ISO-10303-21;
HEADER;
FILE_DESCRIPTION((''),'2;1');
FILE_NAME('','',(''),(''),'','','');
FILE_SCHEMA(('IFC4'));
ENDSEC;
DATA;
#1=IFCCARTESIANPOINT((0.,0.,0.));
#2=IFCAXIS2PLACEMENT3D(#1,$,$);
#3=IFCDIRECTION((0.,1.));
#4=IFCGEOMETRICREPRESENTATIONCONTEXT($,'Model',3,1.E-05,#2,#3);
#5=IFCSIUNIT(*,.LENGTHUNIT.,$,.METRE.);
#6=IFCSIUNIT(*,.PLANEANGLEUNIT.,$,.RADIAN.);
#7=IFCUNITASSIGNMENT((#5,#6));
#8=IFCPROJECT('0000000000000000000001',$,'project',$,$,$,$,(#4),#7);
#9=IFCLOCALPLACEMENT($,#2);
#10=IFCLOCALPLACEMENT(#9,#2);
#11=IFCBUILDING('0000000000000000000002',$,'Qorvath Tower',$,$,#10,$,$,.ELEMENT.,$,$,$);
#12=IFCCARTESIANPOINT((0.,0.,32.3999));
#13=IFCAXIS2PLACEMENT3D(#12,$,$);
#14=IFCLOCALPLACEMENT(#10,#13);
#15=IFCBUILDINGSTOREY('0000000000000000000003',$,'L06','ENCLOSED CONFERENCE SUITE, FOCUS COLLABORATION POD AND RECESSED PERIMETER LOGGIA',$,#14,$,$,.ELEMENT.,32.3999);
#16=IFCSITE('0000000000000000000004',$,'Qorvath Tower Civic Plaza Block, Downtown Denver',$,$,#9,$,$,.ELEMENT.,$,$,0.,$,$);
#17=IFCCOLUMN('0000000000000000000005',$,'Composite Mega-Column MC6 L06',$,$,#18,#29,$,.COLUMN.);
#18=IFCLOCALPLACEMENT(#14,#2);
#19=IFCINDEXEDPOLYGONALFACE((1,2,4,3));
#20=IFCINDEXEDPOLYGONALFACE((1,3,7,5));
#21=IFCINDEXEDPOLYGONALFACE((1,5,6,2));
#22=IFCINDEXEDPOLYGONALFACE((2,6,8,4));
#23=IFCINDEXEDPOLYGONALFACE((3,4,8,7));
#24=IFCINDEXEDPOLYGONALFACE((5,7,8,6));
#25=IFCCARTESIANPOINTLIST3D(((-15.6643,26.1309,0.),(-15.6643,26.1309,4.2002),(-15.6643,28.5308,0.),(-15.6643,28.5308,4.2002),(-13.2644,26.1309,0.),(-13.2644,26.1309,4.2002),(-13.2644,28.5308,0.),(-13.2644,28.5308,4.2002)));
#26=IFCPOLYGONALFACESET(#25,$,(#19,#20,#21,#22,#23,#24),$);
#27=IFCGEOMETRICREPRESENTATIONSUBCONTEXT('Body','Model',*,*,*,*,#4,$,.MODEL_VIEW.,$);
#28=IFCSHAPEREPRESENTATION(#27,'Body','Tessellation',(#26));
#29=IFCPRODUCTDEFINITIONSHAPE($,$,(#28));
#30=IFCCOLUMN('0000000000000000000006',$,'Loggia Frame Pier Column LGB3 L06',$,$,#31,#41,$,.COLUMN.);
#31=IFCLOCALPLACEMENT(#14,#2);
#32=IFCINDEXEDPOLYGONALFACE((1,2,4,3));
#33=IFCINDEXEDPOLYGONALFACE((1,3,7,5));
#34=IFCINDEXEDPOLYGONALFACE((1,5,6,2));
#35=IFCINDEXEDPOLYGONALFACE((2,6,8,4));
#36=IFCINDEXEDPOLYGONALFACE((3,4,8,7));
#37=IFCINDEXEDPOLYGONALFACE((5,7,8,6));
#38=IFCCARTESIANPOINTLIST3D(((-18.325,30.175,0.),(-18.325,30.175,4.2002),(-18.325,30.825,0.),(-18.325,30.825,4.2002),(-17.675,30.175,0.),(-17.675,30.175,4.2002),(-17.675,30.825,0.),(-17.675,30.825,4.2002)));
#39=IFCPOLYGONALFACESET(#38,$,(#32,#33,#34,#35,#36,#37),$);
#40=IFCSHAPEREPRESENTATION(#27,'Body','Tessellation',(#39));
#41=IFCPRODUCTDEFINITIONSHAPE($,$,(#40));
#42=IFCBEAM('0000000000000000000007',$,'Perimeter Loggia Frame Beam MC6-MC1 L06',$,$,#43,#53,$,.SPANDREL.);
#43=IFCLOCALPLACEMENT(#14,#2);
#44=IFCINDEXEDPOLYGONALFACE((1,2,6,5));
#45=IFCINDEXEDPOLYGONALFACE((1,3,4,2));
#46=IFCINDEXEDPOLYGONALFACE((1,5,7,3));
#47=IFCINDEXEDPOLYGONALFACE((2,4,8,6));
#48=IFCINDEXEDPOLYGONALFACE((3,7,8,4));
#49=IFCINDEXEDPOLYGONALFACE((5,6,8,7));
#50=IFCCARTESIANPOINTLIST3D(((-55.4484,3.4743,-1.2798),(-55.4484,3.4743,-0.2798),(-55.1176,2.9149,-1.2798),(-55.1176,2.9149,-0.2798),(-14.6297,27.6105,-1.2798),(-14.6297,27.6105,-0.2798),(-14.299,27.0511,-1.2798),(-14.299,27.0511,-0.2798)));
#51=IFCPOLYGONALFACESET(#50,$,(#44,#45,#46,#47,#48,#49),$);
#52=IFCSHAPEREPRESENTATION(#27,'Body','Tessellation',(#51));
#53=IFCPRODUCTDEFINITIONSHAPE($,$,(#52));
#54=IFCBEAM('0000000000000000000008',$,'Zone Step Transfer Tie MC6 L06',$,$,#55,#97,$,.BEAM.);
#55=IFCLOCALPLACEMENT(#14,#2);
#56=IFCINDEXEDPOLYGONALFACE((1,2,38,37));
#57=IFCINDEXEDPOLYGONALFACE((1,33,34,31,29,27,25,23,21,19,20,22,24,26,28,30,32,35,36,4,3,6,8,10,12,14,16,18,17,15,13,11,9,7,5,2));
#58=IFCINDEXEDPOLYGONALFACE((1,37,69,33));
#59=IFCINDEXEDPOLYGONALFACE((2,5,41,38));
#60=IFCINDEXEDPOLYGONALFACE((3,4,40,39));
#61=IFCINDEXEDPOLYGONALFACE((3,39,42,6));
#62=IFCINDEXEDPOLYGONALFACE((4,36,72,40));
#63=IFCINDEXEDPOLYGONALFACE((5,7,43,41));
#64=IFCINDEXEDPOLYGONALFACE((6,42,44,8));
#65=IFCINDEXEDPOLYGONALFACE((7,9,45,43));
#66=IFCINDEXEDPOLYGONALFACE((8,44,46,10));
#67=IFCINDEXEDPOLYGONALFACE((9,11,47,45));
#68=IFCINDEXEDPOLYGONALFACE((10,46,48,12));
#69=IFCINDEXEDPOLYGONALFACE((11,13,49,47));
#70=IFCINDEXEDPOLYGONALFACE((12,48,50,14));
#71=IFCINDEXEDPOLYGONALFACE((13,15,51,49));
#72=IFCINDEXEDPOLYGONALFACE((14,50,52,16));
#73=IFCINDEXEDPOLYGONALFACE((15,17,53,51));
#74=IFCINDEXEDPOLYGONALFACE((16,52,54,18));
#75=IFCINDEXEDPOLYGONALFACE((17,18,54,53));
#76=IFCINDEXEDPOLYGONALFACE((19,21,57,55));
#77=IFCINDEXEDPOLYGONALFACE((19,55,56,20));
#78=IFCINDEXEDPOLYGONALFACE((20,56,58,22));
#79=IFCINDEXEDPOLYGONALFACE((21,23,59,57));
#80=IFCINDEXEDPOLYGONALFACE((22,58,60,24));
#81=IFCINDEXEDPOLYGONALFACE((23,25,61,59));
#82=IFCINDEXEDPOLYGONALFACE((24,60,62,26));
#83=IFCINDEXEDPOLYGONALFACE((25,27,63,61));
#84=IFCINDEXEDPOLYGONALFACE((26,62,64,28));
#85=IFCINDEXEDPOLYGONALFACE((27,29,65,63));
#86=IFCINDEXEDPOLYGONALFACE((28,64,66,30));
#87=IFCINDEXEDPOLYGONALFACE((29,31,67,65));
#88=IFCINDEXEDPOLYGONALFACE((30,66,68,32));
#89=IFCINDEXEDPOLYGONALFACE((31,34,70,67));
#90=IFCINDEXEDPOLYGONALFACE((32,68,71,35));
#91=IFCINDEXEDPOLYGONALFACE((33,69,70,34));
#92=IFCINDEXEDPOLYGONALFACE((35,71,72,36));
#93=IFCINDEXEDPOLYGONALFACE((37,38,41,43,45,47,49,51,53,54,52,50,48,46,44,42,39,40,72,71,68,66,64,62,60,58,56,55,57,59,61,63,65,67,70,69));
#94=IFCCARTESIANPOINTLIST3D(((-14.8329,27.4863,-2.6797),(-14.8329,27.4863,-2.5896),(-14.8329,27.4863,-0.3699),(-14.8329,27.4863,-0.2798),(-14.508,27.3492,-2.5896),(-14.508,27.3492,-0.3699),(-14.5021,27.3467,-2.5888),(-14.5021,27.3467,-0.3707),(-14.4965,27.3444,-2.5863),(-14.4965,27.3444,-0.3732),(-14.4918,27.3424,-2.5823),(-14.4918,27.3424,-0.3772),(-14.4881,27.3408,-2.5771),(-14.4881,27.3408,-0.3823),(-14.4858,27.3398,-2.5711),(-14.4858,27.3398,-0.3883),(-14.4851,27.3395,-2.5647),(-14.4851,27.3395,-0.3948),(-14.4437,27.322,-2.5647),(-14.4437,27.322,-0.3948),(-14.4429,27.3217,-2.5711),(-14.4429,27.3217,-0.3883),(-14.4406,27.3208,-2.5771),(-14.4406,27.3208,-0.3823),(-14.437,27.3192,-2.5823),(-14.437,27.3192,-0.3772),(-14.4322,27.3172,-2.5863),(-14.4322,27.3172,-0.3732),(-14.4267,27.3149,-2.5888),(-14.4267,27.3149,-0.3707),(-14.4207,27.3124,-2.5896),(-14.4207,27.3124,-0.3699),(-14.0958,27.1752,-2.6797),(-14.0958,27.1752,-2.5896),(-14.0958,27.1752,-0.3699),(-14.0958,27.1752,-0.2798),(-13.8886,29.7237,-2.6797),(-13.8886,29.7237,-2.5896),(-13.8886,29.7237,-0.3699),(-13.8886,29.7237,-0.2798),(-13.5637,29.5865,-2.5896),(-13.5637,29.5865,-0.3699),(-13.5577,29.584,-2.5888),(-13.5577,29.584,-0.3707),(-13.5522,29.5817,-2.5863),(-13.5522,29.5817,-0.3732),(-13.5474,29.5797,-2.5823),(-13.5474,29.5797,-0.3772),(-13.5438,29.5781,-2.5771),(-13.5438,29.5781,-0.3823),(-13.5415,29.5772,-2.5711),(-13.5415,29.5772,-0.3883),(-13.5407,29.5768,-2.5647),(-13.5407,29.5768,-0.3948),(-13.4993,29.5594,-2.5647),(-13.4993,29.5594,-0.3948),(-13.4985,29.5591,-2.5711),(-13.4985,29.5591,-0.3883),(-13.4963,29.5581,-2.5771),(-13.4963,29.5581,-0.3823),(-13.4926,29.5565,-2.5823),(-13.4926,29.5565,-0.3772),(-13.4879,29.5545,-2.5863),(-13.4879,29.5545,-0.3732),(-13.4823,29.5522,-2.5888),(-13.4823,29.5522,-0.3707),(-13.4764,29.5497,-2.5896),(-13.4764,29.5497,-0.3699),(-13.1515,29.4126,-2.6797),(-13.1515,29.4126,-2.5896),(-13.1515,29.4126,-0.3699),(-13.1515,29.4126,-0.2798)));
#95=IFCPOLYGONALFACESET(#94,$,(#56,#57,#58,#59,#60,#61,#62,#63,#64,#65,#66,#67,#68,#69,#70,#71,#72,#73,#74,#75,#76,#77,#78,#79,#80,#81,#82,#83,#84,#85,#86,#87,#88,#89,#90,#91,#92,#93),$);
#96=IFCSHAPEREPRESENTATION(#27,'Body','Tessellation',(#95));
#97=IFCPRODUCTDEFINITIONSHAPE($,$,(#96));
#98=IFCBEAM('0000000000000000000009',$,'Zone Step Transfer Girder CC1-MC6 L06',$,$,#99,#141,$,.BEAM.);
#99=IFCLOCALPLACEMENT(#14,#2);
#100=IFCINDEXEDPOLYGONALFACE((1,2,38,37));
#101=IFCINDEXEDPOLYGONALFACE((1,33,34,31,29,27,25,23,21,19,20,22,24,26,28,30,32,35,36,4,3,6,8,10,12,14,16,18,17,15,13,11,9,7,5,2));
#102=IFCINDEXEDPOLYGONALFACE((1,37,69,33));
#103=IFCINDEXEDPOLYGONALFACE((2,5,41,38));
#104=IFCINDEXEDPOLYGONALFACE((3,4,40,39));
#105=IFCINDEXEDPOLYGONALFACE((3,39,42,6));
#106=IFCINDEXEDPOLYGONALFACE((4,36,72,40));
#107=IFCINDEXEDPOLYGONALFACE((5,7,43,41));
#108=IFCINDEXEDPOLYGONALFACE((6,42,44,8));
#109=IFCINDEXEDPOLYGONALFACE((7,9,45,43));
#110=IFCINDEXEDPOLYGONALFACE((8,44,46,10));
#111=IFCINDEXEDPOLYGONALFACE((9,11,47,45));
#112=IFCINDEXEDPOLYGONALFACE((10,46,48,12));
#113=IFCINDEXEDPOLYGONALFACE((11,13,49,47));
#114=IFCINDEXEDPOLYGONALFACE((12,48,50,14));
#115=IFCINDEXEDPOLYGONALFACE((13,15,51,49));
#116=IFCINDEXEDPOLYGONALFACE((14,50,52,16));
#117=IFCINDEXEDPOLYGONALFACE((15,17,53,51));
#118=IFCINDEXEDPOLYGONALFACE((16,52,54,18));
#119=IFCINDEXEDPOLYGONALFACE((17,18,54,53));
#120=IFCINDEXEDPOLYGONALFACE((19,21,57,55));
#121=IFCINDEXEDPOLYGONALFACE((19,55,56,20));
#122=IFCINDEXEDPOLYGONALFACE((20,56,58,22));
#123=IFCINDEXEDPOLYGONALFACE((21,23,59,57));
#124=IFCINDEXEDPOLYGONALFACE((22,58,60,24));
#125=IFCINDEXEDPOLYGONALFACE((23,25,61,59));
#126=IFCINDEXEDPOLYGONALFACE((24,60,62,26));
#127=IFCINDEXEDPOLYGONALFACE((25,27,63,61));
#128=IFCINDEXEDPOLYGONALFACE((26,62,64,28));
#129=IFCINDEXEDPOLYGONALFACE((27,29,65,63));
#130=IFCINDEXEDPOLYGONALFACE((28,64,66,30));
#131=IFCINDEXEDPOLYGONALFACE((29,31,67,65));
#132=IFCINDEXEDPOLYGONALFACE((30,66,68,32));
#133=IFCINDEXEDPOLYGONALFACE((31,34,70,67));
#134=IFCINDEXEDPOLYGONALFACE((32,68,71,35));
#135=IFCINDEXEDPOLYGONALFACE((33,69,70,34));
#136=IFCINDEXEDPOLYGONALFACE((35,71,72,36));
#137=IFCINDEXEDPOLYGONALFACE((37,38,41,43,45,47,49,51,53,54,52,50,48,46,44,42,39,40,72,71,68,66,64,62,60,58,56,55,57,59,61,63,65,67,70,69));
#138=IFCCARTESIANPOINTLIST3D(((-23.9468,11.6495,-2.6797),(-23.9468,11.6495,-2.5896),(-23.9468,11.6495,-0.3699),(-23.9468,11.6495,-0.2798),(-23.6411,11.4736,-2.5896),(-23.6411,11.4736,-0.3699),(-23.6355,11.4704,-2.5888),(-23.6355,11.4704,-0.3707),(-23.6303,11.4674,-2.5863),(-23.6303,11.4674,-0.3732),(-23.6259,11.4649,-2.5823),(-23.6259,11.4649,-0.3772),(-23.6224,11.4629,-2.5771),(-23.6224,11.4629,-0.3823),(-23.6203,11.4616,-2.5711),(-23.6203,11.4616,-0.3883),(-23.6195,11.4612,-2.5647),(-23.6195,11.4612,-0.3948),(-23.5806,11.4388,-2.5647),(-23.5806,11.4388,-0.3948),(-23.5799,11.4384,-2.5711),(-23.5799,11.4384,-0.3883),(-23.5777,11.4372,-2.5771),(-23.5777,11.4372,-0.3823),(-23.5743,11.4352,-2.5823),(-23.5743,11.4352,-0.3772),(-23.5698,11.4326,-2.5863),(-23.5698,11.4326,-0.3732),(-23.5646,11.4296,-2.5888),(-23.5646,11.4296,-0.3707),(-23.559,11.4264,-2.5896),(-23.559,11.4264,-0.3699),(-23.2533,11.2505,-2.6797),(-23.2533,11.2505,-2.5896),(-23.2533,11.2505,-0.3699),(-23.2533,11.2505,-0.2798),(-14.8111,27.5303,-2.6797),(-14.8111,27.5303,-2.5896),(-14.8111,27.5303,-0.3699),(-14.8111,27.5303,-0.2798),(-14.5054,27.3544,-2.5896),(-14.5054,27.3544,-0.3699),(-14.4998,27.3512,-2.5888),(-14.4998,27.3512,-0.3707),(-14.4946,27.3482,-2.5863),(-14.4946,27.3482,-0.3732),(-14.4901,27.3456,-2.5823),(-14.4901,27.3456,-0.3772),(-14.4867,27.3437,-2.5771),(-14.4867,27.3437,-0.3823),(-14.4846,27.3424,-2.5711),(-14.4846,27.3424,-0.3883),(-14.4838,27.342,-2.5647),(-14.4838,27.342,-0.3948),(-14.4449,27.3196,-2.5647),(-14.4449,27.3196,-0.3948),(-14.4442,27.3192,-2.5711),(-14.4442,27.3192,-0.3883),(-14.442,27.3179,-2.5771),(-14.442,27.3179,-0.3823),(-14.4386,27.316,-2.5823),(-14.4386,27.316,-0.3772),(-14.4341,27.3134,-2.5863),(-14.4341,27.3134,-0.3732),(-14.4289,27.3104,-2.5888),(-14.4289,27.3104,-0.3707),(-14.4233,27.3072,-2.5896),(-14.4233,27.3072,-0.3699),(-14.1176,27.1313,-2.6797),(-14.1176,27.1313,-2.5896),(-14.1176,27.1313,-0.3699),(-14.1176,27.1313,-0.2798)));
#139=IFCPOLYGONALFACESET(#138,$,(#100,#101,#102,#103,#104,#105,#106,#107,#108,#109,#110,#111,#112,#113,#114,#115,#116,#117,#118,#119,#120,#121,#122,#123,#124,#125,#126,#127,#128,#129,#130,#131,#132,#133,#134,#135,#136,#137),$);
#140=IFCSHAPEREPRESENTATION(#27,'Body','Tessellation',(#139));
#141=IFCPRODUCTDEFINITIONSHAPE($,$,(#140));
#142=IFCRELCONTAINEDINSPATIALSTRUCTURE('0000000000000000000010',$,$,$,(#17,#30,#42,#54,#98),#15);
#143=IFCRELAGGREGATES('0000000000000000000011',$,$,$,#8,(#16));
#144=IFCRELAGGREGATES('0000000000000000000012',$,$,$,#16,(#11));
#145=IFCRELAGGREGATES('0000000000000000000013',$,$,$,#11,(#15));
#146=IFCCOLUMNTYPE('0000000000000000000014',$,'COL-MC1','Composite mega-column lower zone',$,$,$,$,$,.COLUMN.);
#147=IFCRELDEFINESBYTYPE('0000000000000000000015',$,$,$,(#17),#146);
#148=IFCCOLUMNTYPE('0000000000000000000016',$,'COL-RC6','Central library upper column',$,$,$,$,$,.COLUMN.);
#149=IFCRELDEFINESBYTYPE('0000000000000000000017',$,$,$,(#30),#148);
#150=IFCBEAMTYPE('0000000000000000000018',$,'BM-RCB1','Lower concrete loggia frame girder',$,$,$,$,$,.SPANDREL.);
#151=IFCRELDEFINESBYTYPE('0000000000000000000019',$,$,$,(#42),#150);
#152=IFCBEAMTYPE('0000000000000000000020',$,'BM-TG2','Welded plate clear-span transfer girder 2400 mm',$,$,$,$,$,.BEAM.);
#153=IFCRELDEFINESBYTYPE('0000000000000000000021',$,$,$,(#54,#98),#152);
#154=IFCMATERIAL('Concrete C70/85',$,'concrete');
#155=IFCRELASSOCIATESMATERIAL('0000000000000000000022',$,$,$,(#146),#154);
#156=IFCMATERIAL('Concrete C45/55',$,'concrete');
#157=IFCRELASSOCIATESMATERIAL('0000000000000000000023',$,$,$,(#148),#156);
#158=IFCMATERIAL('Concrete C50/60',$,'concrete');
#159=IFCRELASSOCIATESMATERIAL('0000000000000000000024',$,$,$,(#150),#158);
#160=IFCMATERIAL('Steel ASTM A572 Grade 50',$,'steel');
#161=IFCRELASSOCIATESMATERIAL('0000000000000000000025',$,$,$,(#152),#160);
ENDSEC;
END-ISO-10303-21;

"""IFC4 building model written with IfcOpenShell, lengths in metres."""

from ifc_helpers import new_model, si_unit, direction, frame, origin, origin_2d, place, context, subcontext, project, spatial, rectangle, i_section, extrude, material, material_profile, profile_set, type_object, element, save


model = new_model("IFC4")

# Units and contexts
model_context = context("Model", 3, precision=1e-05, world=origin(), true_north=direction((0.0, 1.0)))
body_context = subcontext(model_context, "Body", "Model", "MODEL_VIEW")
ifc_project = project(units=[si_unit("LENGTHUNIT", "METRE"), si_unit("PLANEANGLEUNIT", "RADIAN")], contexts=[model_context])

# Site, building, storey
site_placement = place(None, origin())
site = spatial("IfcSite", under=ifc_project, at=site_placement, Name="Qorvath Tower Civic Plaza Block, Downtown Denver", CompositionType="ELEMENT", RefElevation=0.0)
building_placement = place(site_placement, origin())
building = spatial("IfcBuilding", under=site, at=building_placement, Name="Qorvath Tower", CompositionType="ELEMENT")
storey_placement = place(building_placement, frame((0.0, 0.0, 32.3999)))
storey = spatial("IfcBuildingStorey", under=building, at=storey_placement, Name="L06", Description="ENCLOSED CONFERENCE SUITE, FOCUS COLLABORATION POD AND RECESSED PERIMETER LOGGIA", CompositionType="ELEMENT", Elevation=32.3999)

# Columns
ifc_material_1 = material(Name="Concrete C70/85", Category="concrete")
ifc_material_profile_1 = material_profile(ifc_material_1, rectangle(XDim=2.3999, YDim=2.3999, at=origin_2d()), Name="MC 2400x2400")
ifc_profile_set_1 = profile_set([ifc_material_profile_1], Name="Concrete C70/85")
column_type_1 = type_object("IfcColumnType", Name="COL-MC1", Description="Composite mega-column lower zone", PredefinedType="COLUMN", material=ifc_profile_set_1)
column_1_placement = place(storey_placement, frame((-14.4644, 27.3308, 0.0), z_axis=(0.0, 0.0, 1.0), x_axis=(1.0, 0.0, 0.0)))
element("IfcColumn", 1, at=column_1_placement, inside=storey, type_object=column_type_1, Name="Composite Mega-Column MC6 L06", PredefinedType="COLUMN", context=body_context, shape_type="SweptSolid", body=[
    extrude(rectangle(XDim=2.3999, YDim=2.3999, at=origin_2d()), origin(), (0.0, 0.0, 1.0), 4.2002),
])
ifc_material_2 = material(Name="Concrete C45/55", Category="concrete")
ifc_material_profile_2 = material_profile(ifc_material_2, rectangle(XDim=0.6499, YDim=0.6499, at=origin_2d()), Name="RC 650x650")
ifc_profile_set_2 = profile_set([ifc_material_profile_2], Name="Concrete C45/55")
column_type_2 = type_object("IfcColumnType", Name="COL-RC6", Description="Central library upper column", PredefinedType="COLUMN", material=ifc_profile_set_2)
column_2_placement = place(storey_placement, frame((-18.0, 30.5, 0.0), z_axis=(0.0, 0.0, 1.0), x_axis=(1.0, 0.0, 0.0)))
element("IfcColumn", 2, at=column_2_placement, inside=storey, type_object=column_type_2, Name="Loggia Frame Pier Column LGB3 L06", PredefinedType="COLUMN", context=body_context, shape_type="SweptSolid", body=[
    extrude(rectangle(XDim=0.6499, YDim=0.6499, at=origin_2d()), origin(), (0.0, 0.0, 1.0), 4.2002),
])

# Beams
ifc_material_3 = material(Name="Concrete C50/60", Category="concrete")
ifc_material_profile_3 = material_profile(ifc_material_3, rectangle(XDim=0.6499, YDim=1.0, at=origin_2d()), Name="RCB 1000x650")
ifc_profile_set_3 = profile_set([ifc_material_profile_3], Name="Concrete C50/60")
beam_type_1 = type_object("IfcBeamType", Name="BM-RCB1", Description="Lower concrete loggia frame girder", PredefinedType="SPANDREL", material=ifc_profile_set_3)
beam_1_placement = place(storey_placement, frame((-14.4644, 27.3308, -0.7798), z_axis=(-0.860777, -0.508982, 0.0), x_axis=(0.508982, -0.860777, 0.0)))
element("IfcBeam", 3, at=beam_1_placement, inside=storey, type_object=beam_type_1, Name="Perimeter Loggia Frame Beam MC6-MC1 L06", PredefinedType="SPANDREL", context=body_context, shape_type="SweptSolid", body=[
    extrude(rectangle(XDim=0.6499, YDim=1.0, at=origin_2d()), origin(), (0.0, 0.0, 1.0), 47.4207),
])
ifc_material_4 = material(Name="Steel ASTM A572 Grade 50", Category="steel")
ifc_material_profile_4 = material_profile(ifc_material_4, i_section(OverallWidth=0.8, OverallDepth=2.3999, WebThickness=0.0449, FlangeThickness=0.0901, FilletRadius=0.0249, at=origin_2d()), Name="WTG 2400x800")
ifc_profile_set_4 = profile_set([ifc_material_profile_4], Name="Steel ASTM A572 Grade 50")
beam_type_2 = type_object("IfcBeamType", Name="BM-TG2", Description="Welded plate clear-span transfer girder 2400 mm", PredefinedType="BEAM", material=ifc_profile_set_4)
beam_2_placement = place(storey_placement, frame((-13.52, 29.5681, -1.4797), z_axis=(-0.388866, -0.921294, 0.0), x_axis=(0.921294, -0.388866, 0.0)))
element("IfcBeam", 4, at=beam_2_placement, inside=storey, type_object=beam_type_2, Name="Zone Step Transfer Tie MC6 L06", PredefinedType="BEAM", context=body_context, shape_type="SweptSolid", body=[
    extrude(i_section(OverallWidth=0.8, OverallDepth=2.3999, WebThickness=0.0449, FlangeThickness=0.0901, FilletRadius=0.0249, at=origin_2d()), origin(), (0.0, 0.0, 1.0), 2.4285),
])
beam_3_placement = place(storey_placement, frame((-14.4644, 27.3308, -1.4797), z_axis=(-0.498645, -0.866806, 0.0), x_axis=(0.866806, -0.498645, 0.0)))
element("IfcBeam", 5, at=beam_3_placement, inside=storey, type_object=beam_type_2, Name="Zone Step Transfer Girder CC1-MC6 L06", PredefinedType="BEAM", context=body_context, shape_type="SweptSolid", body=[
    extrude(i_section(OverallWidth=0.8, OverallDepth=2.3999, WebThickness=0.0449, FlangeThickness=0.0901, FilletRadius=0.0249, at=origin_2d()), origin(), (0.0, 0.0, 1.0), 18.321),
])

save(model, "model.ifc")
